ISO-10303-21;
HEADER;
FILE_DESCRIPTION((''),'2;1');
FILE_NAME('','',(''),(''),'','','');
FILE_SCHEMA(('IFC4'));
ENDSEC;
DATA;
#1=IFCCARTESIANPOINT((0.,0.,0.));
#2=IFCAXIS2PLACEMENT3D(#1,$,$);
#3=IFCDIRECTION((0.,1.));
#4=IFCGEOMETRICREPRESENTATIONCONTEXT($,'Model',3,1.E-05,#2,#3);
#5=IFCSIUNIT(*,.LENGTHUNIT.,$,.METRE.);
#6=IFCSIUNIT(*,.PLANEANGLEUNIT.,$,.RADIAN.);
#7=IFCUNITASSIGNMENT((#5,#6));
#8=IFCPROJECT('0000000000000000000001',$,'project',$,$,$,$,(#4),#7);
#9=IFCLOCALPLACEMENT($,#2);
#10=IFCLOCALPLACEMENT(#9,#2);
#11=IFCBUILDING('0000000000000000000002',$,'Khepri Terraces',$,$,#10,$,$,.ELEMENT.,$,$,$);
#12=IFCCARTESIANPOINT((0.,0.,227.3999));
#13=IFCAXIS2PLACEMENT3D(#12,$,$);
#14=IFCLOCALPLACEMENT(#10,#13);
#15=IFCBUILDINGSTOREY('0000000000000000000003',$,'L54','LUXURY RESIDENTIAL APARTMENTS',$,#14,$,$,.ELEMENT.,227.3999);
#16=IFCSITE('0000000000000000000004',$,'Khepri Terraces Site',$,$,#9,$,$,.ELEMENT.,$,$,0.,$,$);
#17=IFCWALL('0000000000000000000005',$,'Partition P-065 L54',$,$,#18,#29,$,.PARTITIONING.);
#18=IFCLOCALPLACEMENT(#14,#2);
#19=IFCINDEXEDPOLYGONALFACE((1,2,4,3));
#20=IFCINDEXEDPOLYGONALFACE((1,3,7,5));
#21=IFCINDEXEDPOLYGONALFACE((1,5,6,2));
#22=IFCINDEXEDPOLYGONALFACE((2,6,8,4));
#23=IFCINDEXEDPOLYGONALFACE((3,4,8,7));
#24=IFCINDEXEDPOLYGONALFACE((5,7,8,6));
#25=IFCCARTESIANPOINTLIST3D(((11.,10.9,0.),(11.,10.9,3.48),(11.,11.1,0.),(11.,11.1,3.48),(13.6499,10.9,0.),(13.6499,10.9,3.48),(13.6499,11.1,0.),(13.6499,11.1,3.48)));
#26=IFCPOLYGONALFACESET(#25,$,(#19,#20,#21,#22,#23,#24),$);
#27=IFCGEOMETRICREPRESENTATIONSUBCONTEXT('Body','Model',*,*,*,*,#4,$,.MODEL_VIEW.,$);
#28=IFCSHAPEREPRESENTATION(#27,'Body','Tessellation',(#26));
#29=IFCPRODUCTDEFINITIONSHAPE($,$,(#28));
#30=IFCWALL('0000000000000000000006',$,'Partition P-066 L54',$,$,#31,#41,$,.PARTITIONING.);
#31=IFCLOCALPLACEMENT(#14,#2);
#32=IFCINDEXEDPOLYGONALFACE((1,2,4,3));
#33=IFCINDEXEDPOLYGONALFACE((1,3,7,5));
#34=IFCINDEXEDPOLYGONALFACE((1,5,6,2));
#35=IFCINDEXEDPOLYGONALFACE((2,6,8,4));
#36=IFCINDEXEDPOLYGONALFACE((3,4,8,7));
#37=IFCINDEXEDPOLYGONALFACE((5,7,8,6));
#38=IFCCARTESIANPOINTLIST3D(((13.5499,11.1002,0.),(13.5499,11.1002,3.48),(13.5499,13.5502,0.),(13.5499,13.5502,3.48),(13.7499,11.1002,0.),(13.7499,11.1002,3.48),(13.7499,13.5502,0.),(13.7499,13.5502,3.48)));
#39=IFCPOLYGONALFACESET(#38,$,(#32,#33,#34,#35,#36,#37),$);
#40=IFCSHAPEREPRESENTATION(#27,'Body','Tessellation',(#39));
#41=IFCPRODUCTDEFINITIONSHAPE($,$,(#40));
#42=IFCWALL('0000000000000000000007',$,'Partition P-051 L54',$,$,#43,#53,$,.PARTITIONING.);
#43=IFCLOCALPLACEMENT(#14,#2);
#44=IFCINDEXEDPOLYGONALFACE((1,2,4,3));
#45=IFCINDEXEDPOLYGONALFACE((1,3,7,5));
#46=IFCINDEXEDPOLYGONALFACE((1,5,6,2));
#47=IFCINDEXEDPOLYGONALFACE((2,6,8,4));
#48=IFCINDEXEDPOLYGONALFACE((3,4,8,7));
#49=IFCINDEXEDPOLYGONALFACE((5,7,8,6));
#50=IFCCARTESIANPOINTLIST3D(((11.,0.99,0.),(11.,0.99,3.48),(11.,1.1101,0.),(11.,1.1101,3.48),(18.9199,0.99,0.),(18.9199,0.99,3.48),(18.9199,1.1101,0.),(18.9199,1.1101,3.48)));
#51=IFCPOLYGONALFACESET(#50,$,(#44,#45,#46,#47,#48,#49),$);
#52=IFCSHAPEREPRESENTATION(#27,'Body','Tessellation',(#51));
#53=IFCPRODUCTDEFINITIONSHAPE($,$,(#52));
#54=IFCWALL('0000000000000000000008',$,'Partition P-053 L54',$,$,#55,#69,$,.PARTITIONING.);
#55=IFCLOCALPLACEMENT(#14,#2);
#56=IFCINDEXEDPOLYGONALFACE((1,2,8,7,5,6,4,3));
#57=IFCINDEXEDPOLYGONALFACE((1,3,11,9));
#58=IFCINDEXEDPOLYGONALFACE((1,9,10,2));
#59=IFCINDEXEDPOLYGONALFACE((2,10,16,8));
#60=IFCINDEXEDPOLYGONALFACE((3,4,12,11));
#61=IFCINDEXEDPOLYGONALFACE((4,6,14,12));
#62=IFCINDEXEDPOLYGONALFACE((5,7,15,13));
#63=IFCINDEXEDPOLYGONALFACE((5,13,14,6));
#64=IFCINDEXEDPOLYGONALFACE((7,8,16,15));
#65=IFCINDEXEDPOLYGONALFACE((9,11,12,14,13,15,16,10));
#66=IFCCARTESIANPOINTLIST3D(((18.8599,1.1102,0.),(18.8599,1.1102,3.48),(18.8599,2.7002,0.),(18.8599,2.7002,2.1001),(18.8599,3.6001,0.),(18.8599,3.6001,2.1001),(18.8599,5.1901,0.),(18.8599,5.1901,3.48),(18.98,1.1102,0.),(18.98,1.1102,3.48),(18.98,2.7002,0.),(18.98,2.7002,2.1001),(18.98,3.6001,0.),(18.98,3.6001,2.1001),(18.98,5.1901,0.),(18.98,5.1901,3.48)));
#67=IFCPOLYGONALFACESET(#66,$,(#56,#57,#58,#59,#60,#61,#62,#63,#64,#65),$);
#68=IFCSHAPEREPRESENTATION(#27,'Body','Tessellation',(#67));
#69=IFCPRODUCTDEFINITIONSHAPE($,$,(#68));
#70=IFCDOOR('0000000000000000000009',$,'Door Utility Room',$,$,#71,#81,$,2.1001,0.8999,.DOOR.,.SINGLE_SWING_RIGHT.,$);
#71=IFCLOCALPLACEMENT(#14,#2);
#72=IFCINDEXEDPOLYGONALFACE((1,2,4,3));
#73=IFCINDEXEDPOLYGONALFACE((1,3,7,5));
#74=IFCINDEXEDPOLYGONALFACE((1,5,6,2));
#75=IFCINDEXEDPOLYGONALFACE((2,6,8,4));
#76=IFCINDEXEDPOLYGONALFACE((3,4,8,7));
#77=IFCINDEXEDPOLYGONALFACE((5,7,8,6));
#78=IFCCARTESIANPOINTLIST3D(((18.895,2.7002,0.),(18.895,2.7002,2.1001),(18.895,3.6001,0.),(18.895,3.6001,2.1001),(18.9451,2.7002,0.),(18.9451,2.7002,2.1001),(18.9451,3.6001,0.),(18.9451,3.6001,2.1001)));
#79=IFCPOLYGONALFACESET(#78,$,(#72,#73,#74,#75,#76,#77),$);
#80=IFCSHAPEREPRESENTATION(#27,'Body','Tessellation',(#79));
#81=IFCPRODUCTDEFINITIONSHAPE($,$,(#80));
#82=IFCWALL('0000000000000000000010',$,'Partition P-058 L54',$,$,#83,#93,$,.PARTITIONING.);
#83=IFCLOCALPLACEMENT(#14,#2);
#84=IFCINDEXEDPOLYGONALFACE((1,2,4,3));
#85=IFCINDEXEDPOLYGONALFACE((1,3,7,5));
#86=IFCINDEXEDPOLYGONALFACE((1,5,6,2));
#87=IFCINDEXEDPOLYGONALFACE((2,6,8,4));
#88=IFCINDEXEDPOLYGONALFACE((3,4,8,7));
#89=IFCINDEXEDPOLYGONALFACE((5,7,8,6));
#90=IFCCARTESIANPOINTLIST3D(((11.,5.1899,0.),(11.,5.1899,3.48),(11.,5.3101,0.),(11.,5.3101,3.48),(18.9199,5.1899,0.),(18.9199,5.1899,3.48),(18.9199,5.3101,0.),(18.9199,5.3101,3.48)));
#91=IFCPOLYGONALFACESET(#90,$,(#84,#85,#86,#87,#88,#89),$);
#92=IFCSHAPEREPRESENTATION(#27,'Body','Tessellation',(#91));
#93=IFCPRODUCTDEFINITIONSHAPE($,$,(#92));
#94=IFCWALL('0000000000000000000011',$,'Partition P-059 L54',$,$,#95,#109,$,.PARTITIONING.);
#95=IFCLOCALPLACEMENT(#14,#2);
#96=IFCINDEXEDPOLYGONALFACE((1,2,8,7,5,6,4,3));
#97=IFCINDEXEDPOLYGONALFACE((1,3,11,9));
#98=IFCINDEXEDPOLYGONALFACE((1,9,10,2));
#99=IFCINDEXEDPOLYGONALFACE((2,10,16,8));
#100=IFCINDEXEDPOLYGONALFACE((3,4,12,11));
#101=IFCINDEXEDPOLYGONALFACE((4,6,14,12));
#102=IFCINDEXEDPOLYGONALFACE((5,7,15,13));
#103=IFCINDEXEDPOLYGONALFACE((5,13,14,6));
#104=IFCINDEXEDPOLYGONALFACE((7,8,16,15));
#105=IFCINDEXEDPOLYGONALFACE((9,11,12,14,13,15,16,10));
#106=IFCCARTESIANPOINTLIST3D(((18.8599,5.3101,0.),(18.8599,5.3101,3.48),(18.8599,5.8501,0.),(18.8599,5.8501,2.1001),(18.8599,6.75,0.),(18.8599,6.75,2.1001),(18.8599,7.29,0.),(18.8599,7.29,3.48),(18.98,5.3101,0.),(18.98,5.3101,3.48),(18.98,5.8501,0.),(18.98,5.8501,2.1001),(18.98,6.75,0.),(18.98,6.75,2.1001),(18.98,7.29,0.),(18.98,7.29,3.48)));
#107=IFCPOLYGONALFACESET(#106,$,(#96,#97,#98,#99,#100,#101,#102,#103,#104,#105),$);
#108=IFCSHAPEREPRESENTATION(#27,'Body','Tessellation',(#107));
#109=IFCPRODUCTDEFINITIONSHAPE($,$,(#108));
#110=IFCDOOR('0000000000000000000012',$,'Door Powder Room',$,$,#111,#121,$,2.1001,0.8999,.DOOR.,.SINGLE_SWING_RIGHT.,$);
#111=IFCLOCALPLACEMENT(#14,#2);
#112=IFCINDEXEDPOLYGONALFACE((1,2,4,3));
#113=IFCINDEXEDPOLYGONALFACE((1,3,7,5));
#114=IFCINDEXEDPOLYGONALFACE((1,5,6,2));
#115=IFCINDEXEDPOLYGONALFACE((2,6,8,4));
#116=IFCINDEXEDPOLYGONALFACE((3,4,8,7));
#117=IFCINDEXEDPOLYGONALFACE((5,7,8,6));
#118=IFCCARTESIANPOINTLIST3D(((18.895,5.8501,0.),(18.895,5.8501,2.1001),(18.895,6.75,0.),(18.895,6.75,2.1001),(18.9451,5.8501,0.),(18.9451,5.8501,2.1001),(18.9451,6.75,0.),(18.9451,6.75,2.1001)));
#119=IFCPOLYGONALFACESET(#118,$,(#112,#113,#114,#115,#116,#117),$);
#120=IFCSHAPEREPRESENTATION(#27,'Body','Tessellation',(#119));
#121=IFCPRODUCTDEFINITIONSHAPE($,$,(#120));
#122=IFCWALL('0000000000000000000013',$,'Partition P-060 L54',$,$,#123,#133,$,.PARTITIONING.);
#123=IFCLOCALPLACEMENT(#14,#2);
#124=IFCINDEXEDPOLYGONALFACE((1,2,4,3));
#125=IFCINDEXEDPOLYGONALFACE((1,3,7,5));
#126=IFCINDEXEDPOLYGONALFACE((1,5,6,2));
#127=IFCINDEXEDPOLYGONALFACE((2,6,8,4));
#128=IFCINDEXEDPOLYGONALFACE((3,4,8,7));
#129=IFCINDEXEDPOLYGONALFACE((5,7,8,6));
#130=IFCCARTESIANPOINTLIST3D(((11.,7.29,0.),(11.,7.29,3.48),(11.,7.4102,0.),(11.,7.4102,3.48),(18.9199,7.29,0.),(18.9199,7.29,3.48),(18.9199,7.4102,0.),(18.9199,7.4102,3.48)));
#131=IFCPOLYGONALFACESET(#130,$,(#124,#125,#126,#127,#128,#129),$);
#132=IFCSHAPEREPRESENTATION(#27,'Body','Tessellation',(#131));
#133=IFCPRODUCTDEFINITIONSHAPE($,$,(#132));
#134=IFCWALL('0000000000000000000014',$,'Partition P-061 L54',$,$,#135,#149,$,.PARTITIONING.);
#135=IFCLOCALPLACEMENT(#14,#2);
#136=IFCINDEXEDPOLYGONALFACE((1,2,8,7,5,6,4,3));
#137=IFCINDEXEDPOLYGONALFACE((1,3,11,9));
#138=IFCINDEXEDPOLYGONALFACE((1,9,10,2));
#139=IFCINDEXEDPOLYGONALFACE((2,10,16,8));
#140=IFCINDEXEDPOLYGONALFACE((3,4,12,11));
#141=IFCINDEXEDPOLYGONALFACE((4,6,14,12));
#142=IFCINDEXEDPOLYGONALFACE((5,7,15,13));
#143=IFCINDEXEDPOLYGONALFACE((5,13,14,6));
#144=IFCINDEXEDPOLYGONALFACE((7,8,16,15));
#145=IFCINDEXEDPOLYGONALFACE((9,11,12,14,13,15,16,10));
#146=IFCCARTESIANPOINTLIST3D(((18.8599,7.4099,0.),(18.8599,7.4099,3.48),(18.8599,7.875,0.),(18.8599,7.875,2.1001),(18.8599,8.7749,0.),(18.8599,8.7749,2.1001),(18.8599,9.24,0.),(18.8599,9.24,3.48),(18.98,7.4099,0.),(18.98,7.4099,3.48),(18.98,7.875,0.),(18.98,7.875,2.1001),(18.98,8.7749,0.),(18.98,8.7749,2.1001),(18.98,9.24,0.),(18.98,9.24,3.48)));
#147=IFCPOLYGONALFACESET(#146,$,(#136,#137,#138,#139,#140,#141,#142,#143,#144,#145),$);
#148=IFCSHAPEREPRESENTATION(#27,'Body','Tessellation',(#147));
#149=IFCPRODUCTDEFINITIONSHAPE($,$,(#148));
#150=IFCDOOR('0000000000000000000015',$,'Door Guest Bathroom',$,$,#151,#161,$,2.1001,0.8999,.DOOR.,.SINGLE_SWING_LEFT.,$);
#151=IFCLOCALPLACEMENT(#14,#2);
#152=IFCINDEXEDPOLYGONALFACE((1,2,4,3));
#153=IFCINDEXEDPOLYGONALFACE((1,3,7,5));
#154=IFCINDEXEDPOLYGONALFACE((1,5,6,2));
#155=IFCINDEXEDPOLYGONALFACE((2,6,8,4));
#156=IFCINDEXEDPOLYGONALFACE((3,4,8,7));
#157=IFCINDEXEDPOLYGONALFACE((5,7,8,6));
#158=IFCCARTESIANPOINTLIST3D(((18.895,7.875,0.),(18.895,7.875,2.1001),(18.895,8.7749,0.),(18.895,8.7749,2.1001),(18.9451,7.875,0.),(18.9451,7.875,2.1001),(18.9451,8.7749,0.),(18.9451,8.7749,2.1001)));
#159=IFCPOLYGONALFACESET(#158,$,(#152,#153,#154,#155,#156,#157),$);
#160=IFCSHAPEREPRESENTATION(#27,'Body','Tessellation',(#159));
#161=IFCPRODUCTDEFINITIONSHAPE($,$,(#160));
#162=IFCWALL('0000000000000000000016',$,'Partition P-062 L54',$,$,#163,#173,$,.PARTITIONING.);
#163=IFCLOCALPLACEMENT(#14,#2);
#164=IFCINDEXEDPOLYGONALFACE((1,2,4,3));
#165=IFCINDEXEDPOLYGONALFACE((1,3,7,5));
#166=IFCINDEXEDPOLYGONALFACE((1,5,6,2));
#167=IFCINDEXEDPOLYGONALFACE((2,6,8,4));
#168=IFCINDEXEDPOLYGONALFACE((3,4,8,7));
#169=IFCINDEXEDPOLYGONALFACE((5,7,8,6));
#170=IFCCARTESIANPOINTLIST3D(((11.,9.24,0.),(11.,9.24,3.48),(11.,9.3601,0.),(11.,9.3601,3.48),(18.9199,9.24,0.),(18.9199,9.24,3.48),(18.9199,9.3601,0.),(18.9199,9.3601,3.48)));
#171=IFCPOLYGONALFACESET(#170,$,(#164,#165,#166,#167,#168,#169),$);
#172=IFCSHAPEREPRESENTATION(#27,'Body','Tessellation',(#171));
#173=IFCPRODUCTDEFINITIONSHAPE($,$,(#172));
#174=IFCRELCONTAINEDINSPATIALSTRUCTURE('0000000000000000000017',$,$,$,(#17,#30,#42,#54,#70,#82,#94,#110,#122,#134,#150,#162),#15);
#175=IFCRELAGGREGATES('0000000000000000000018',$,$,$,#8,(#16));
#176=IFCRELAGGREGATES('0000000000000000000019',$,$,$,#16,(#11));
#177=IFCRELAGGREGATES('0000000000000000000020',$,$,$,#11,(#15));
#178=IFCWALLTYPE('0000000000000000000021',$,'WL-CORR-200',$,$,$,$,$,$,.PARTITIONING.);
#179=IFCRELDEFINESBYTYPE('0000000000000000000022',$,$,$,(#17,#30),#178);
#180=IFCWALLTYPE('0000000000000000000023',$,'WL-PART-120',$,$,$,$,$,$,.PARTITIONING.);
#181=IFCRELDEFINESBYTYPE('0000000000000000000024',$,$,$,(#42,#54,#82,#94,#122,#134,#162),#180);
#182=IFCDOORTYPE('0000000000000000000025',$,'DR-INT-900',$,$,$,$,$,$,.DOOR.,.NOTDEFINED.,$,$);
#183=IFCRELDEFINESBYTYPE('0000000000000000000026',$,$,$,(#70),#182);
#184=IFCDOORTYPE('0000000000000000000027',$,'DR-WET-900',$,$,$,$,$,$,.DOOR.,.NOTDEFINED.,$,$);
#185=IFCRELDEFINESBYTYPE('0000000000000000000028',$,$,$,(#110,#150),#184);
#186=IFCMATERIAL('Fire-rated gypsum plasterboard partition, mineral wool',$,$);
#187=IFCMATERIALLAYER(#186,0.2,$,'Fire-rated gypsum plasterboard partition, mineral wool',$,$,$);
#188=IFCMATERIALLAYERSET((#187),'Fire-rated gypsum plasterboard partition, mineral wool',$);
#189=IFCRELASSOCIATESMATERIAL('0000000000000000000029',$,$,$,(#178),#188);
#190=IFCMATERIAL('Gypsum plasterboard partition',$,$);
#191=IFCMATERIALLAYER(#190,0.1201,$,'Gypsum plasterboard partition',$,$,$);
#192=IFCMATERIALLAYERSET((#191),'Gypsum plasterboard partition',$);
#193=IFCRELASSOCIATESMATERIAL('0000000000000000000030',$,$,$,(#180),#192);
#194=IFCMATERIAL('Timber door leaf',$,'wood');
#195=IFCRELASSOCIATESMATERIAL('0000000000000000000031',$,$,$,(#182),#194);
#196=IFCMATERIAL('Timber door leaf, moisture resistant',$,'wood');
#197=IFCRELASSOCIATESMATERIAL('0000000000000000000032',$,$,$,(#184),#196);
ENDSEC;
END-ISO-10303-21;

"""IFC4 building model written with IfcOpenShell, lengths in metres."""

from ifc_helpers import new_model, si_unit, direction, frame, frame_2d, origin, place, context, subcontext, project, spatial, rectangle, extrude, material, layer, layer_set, type_object, element, fill, save


model = new_model("IFC4")

# Units and contexts
model_context = context("Model", 3, precision=1e-05, world=origin(), true_north=direction((0.0, 1.0)))
body_context = subcontext(model_context, "Body", "Model", "MODEL_VIEW")
ifc_project = project(units=[si_unit("LENGTHUNIT", "METRE"), si_unit("PLANEANGLEUNIT", "RADIAN")], contexts=[model_context])

# Site, building, storey
site_placement = place(None, origin())
site = spatial("IfcSite", under=ifc_project, at=site_placement, Name="Khepri Terraces Site", CompositionType="ELEMENT", RefElevation=0.0)
building_placement = place(site_placement, origin())
building = spatial("IfcBuilding", under=site, at=building_placement, Name="Khepri Terraces", CompositionType="ELEMENT")
storey_placement = place(building_placement, frame((0.0, 0.0, 227.3999)))
storey = spatial("IfcBuildingStorey", under=building, at=storey_placement, Name="L54", Description="LUXURY RESIDENTIAL APARTMENTS", CompositionType="ELEMENT", Elevation=227.3999)

# Walls
ifc_material_1 = material(Name="Fire-rated gypsum plasterboard partition, mineral wool")
ifc_layer_1 = layer(ifc_material_1, 0.2, Name="Fire-rated gypsum plasterboard partition, mineral wool")
ifc_layer_set_1 = layer_set([ifc_layer_1], Name="Fire-rated gypsum plasterboard partition, mineral wool")
wall_type_1 = type_object("IfcWallType", Name="WL-CORR-200", PredefinedType="PARTITIONING", material=ifc_layer_set_1)
wall_1_placement = place(storey_placement, frame((11.0, 11.0, 0.0), z_axis=(0.0, 0.0, 1.0), x_axis=(1.0, 0.0, 0.0)))
element("IfcWall", 1, at=wall_1_placement, inside=storey, type_object=wall_type_1, Name="Partition P-065 L54", PredefinedType="PARTITIONING", context=body_context, shape_type="SweptSolid", body=[
    extrude(rectangle(XDim=2.6499, YDim=0.2, at=frame_2d((1.325, 0.0))), origin(), (0.0, 0.0, 1.0), 3.48),
])
wall_2_placement = place(storey_placement, frame((13.6499, 11.1001, 0.0), z_axis=(0.0, 0.0, 1.0), x_axis=(0.0, 1.0, 0.0)))
element("IfcWall", 2, at=wall_2_placement, inside=storey, type_object=wall_type_1, Name="Partition P-066 L54", PredefinedType="PARTITIONING", context=body_context, shape_type="SweptSolid", body=[
    extrude(rectangle(XDim=2.45, YDim=0.2, at=frame_2d((1.2251, 0.0))), origin(), (0.0, 0.0, 1.0), 3.48),
])
ifc_material_2 = material(Name="Gypsum plasterboard partition")
ifc_layer_2 = layer(ifc_material_2, 0.1201, Name="Gypsum plasterboard partition")
ifc_layer_set_2 = layer_set([ifc_layer_2], Name="Gypsum plasterboard partition")
wall_type_2 = type_object("IfcWallType", Name="WL-PART-120", PredefinedType="PARTITIONING", material=ifc_layer_set_2)
wall_3_placement = place(storey_placement, frame((11.0, 1.05, 0.0), z_axis=(0.0, 0.0, 1.0), x_axis=(1.0, 0.0, 0.0)))
element("IfcWall", 3, at=wall_3_placement, inside=storey, type_object=wall_type_2, Name="Partition P-051 L54", PredefinedType="PARTITIONING", context=body_context, shape_type="SweptSolid", body=[
    extrude(rectangle(XDim=7.9199, YDim=0.1201, at=frame_2d((3.96, 0.0))), origin(), (0.0, 0.0, 1.0), 3.48),
])

# Wall, opening, door
wall_4_placement = place(storey_placement, frame((18.9199, 1.1101, 0.0), z_axis=(0.0, 0.0, 1.0), x_axis=(0.0, 1.0, 0.0)))
wall_4 = element("IfcWall", 4, at=wall_4_placement, inside=storey, type_object=wall_type_2, Name="Partition P-053 L54", PredefinedType="PARTITIONING", context=body_context, shape_type="SweptSolid", body=[
    extrude(rectangle(XDim=4.0798, YDim=0.1201, at=frame_2d((2.04, 0.0))), origin(), (0.0, 0.0, 1.0), 3.48),
])
opening_1_placement = place(wall_4_placement, frame((1.5901, 0.0, 0.0)))
opening_1 = element("IfcOpeningElement", 5, at=opening_1_placement, cuts=wall_4, PredefinedType="OPENING", context=body_context, shape_type="SweptSolid", body=[
    extrude(rectangle(XDim=0.8999, YDim=2.1001, at=frame_2d((0.45, 1.05))), frame((0.0, 0.0701, 0.0), z_axis=(0.0, -1.0, 0.0), x_axis=(1.0, 0.0, 0.0)), (0.0, 0.0, 1.0), 0.1401),
])
ifc_material_3 = material(Name="Timber door leaf", Category="wood")
door_type_1 = type_object("IfcDoorType", Name="DR-INT-900", OperationType="NOTDEFINED", PredefinedType="DOOR", material=ifc_material_3)
door_1_placement = place(opening_1_placement, origin())
door_1 = element("IfcDoor", 6, at=door_1_placement, inside=storey, type_object=door_type_1, Name="Door Utility Room", OperationType="SINGLE_SWING_RIGHT", OverallHeight=2.1001, OverallWidth=0.8999, PredefinedType="DOOR", context=body_context, shape_type="SweptSolid", body=[
    extrude(rectangle(XDim=0.8999, YDim=2.1001, at=frame_2d((0.45, 1.05))), frame((0.0, 0.0249, 0.0), z_axis=(0.0, -1.0, 0.0), x_axis=(1.0, 0.0, 0.0)), (0.0, 0.0, 1.0), 0.05),
])
fill(opening_1, door_1)

# Wall
wall_5_placement = place(storey_placement, frame((11.0, 5.25, 0.0), z_axis=(0.0, 0.0, 1.0), x_axis=(1.0, 0.0, 0.0)))
element("IfcWall", 7, at=wall_5_placement, inside=storey, type_object=wall_type_2, Name="Partition P-058 L54", PredefinedType="PARTITIONING", context=body_context, shape_type="SweptSolid", body=[
    extrude(rectangle(XDim=7.9199, YDim=0.1201, at=frame_2d((3.96, 0.0))), origin(), (0.0, 0.0, 1.0), 3.48),
])

# Wall, opening, door
wall_6_placement = place(storey_placement, frame((18.9199, 5.3101, 0.0), z_axis=(0.0, 0.0, 1.0), x_axis=(0.0, 1.0, 0.0)))
wall_6 = element("IfcWall", 8, at=wall_6_placement, inside=storey, type_object=wall_type_2, Name="Partition P-059 L54", PredefinedType="PARTITIONING", context=body_context, shape_type="SweptSolid", body=[
    extrude(rectangle(XDim=1.98, YDim=0.1201, at=frame_2d((0.99, 0.0))), origin(), (0.0, 0.0, 1.0), 3.48),
])
opening_2_placement = place(wall_6_placement, frame((0.54, 0.0, 0.0)))
opening_2 = element("IfcOpeningElement", 9, at=opening_2_placement, cuts=wall_6, PredefinedType="OPENING", context=body_context, shape_type="SweptSolid", body=[
    extrude(rectangle(XDim=0.8999, YDim=2.1001, at=frame_2d((0.45, 1.05))), frame((0.0, 0.0701, 0.0), z_axis=(0.0, -1.0, 0.0), x_axis=(1.0, 0.0, 0.0)), (0.0, 0.0, 1.0), 0.1401),
])
ifc_material_4 = material(Name="Timber door leaf, moisture resistant", Category="wood")
door_type_2 = type_object("IfcDoorType", Name="DR-WET-900", OperationType="NOTDEFINED", PredefinedType="DOOR", material=ifc_material_4)
door_2_placement = place(opening_2_placement, origin())
door_2 = element("IfcDoor", 10, at=door_2_placement, inside=storey, type_object=door_type_2, Name="Door Powder Room", OperationType="SINGLE_SWING_RIGHT", OverallHeight=2.1001, OverallWidth=0.8999, PredefinedType="DOOR", context=body_context, shape_type="SweptSolid", body=[
    extrude(rectangle(XDim=0.8999, YDim=2.1001, at=frame_2d((0.45, 1.05))), frame((0.0, 0.0249, 0.0), z_axis=(0.0, -1.0, 0.0), x_axis=(1.0, 0.0, 0.0)), (0.0, 0.0, 1.0), 0.05),
])
fill(opening_2, door_2)

# Wall
wall_7_placement = place(storey_placement, frame((11.0, 7.3501, 0.0), z_axis=(0.0, 0.0, 1.0), x_axis=(1.0, 0.0, 0.0)))
element("IfcWall", 11, at=wall_7_placement, inside=storey, type_object=wall_type_2, Name="Partition P-060 L54", PredefinedType="PARTITIONING", context=body_context, shape_type="SweptSolid", body=[
    extrude(rectangle(XDim=7.9199, YDim=0.1201, at=frame_2d((3.96, 0.0))), origin(), (0.0, 0.0, 1.0), 3.48),
])

# Wall, opening, door
wall_8_placement = place(storey_placement, frame((18.9199, 7.4099, 0.0), z_axis=(0.0, 0.0, 1.0), x_axis=(0.0, 1.0, 0.0)))
wall_8 = element("IfcWall", 12, at=wall_8_placement, inside=storey, type_object=wall_type_2, Name="Partition P-061 L54", PredefinedType="PARTITIONING", context=body_context, shape_type="SweptSolid", body=[
    extrude(rectangle(XDim=1.8301, YDim=0.1201, at=frame_2d((0.915, 0.0))), origin(), (0.0, 0.0, 1.0), 3.48),
])
opening_3_placement = place(wall_8_placement, frame((0.4651, 0.0, 0.0)))
opening_3 = element("IfcOpeningElement", 13, at=opening_3_placement, cuts=wall_8, PredefinedType="OPENING", context=body_context, shape_type="SweptSolid", body=[
    extrude(rectangle(XDim=0.8999, YDim=2.1001, at=frame_2d((0.45, 1.05))), frame((0.0, 0.0701, 0.0), z_axis=(0.0, -1.0, 0.0), x_axis=(1.0, 0.0, 0.0)), (0.0, 0.0, 1.0), 0.1401),
])
door_3_placement = place(opening_3_placement, origin())
door_3 = element("IfcDoor", 14, at=door_3_placement, inside=storey, type_object=door_type_2, Name="Door Guest Bathroom", OperationType="SINGLE_SWING_LEFT", OverallHeight=2.1001, OverallWidth=0.8999, PredefinedType="DOOR", context=body_context, shape_type="SweptSolid", body=[
    extrude(rectangle(XDim=0.8999, YDim=2.1001, at=frame_2d((0.45, 1.05))), frame((0.0, 0.0249, 0.0), z_axis=(0.0, -1.0, 0.0), x_axis=(1.0, 0.0, 0.0)), (0.0, 0.0, 1.0), 0.05),
])
fill(opening_3, door_3)

# Wall
wall_9_placement = place(storey_placement, frame((11.0, 9.3, 0.0), z_axis=(0.0, 0.0, 1.0), x_axis=(1.0, 0.0, 0.0)))
element("IfcWall", 15, at=wall_9_placement, inside=storey, type_object=wall_type_2, Name="Partition P-062 L54", PredefinedType="PARTITIONING", context=body_context, shape_type="SweptSolid", body=[
    extrude(rectangle(XDim=7.9199, YDim=0.1201, at=frame_2d((3.96, 0.0))), origin(), (0.0, 0.0, 1.0), 3.48),
])

save(model, "model.ifc")
